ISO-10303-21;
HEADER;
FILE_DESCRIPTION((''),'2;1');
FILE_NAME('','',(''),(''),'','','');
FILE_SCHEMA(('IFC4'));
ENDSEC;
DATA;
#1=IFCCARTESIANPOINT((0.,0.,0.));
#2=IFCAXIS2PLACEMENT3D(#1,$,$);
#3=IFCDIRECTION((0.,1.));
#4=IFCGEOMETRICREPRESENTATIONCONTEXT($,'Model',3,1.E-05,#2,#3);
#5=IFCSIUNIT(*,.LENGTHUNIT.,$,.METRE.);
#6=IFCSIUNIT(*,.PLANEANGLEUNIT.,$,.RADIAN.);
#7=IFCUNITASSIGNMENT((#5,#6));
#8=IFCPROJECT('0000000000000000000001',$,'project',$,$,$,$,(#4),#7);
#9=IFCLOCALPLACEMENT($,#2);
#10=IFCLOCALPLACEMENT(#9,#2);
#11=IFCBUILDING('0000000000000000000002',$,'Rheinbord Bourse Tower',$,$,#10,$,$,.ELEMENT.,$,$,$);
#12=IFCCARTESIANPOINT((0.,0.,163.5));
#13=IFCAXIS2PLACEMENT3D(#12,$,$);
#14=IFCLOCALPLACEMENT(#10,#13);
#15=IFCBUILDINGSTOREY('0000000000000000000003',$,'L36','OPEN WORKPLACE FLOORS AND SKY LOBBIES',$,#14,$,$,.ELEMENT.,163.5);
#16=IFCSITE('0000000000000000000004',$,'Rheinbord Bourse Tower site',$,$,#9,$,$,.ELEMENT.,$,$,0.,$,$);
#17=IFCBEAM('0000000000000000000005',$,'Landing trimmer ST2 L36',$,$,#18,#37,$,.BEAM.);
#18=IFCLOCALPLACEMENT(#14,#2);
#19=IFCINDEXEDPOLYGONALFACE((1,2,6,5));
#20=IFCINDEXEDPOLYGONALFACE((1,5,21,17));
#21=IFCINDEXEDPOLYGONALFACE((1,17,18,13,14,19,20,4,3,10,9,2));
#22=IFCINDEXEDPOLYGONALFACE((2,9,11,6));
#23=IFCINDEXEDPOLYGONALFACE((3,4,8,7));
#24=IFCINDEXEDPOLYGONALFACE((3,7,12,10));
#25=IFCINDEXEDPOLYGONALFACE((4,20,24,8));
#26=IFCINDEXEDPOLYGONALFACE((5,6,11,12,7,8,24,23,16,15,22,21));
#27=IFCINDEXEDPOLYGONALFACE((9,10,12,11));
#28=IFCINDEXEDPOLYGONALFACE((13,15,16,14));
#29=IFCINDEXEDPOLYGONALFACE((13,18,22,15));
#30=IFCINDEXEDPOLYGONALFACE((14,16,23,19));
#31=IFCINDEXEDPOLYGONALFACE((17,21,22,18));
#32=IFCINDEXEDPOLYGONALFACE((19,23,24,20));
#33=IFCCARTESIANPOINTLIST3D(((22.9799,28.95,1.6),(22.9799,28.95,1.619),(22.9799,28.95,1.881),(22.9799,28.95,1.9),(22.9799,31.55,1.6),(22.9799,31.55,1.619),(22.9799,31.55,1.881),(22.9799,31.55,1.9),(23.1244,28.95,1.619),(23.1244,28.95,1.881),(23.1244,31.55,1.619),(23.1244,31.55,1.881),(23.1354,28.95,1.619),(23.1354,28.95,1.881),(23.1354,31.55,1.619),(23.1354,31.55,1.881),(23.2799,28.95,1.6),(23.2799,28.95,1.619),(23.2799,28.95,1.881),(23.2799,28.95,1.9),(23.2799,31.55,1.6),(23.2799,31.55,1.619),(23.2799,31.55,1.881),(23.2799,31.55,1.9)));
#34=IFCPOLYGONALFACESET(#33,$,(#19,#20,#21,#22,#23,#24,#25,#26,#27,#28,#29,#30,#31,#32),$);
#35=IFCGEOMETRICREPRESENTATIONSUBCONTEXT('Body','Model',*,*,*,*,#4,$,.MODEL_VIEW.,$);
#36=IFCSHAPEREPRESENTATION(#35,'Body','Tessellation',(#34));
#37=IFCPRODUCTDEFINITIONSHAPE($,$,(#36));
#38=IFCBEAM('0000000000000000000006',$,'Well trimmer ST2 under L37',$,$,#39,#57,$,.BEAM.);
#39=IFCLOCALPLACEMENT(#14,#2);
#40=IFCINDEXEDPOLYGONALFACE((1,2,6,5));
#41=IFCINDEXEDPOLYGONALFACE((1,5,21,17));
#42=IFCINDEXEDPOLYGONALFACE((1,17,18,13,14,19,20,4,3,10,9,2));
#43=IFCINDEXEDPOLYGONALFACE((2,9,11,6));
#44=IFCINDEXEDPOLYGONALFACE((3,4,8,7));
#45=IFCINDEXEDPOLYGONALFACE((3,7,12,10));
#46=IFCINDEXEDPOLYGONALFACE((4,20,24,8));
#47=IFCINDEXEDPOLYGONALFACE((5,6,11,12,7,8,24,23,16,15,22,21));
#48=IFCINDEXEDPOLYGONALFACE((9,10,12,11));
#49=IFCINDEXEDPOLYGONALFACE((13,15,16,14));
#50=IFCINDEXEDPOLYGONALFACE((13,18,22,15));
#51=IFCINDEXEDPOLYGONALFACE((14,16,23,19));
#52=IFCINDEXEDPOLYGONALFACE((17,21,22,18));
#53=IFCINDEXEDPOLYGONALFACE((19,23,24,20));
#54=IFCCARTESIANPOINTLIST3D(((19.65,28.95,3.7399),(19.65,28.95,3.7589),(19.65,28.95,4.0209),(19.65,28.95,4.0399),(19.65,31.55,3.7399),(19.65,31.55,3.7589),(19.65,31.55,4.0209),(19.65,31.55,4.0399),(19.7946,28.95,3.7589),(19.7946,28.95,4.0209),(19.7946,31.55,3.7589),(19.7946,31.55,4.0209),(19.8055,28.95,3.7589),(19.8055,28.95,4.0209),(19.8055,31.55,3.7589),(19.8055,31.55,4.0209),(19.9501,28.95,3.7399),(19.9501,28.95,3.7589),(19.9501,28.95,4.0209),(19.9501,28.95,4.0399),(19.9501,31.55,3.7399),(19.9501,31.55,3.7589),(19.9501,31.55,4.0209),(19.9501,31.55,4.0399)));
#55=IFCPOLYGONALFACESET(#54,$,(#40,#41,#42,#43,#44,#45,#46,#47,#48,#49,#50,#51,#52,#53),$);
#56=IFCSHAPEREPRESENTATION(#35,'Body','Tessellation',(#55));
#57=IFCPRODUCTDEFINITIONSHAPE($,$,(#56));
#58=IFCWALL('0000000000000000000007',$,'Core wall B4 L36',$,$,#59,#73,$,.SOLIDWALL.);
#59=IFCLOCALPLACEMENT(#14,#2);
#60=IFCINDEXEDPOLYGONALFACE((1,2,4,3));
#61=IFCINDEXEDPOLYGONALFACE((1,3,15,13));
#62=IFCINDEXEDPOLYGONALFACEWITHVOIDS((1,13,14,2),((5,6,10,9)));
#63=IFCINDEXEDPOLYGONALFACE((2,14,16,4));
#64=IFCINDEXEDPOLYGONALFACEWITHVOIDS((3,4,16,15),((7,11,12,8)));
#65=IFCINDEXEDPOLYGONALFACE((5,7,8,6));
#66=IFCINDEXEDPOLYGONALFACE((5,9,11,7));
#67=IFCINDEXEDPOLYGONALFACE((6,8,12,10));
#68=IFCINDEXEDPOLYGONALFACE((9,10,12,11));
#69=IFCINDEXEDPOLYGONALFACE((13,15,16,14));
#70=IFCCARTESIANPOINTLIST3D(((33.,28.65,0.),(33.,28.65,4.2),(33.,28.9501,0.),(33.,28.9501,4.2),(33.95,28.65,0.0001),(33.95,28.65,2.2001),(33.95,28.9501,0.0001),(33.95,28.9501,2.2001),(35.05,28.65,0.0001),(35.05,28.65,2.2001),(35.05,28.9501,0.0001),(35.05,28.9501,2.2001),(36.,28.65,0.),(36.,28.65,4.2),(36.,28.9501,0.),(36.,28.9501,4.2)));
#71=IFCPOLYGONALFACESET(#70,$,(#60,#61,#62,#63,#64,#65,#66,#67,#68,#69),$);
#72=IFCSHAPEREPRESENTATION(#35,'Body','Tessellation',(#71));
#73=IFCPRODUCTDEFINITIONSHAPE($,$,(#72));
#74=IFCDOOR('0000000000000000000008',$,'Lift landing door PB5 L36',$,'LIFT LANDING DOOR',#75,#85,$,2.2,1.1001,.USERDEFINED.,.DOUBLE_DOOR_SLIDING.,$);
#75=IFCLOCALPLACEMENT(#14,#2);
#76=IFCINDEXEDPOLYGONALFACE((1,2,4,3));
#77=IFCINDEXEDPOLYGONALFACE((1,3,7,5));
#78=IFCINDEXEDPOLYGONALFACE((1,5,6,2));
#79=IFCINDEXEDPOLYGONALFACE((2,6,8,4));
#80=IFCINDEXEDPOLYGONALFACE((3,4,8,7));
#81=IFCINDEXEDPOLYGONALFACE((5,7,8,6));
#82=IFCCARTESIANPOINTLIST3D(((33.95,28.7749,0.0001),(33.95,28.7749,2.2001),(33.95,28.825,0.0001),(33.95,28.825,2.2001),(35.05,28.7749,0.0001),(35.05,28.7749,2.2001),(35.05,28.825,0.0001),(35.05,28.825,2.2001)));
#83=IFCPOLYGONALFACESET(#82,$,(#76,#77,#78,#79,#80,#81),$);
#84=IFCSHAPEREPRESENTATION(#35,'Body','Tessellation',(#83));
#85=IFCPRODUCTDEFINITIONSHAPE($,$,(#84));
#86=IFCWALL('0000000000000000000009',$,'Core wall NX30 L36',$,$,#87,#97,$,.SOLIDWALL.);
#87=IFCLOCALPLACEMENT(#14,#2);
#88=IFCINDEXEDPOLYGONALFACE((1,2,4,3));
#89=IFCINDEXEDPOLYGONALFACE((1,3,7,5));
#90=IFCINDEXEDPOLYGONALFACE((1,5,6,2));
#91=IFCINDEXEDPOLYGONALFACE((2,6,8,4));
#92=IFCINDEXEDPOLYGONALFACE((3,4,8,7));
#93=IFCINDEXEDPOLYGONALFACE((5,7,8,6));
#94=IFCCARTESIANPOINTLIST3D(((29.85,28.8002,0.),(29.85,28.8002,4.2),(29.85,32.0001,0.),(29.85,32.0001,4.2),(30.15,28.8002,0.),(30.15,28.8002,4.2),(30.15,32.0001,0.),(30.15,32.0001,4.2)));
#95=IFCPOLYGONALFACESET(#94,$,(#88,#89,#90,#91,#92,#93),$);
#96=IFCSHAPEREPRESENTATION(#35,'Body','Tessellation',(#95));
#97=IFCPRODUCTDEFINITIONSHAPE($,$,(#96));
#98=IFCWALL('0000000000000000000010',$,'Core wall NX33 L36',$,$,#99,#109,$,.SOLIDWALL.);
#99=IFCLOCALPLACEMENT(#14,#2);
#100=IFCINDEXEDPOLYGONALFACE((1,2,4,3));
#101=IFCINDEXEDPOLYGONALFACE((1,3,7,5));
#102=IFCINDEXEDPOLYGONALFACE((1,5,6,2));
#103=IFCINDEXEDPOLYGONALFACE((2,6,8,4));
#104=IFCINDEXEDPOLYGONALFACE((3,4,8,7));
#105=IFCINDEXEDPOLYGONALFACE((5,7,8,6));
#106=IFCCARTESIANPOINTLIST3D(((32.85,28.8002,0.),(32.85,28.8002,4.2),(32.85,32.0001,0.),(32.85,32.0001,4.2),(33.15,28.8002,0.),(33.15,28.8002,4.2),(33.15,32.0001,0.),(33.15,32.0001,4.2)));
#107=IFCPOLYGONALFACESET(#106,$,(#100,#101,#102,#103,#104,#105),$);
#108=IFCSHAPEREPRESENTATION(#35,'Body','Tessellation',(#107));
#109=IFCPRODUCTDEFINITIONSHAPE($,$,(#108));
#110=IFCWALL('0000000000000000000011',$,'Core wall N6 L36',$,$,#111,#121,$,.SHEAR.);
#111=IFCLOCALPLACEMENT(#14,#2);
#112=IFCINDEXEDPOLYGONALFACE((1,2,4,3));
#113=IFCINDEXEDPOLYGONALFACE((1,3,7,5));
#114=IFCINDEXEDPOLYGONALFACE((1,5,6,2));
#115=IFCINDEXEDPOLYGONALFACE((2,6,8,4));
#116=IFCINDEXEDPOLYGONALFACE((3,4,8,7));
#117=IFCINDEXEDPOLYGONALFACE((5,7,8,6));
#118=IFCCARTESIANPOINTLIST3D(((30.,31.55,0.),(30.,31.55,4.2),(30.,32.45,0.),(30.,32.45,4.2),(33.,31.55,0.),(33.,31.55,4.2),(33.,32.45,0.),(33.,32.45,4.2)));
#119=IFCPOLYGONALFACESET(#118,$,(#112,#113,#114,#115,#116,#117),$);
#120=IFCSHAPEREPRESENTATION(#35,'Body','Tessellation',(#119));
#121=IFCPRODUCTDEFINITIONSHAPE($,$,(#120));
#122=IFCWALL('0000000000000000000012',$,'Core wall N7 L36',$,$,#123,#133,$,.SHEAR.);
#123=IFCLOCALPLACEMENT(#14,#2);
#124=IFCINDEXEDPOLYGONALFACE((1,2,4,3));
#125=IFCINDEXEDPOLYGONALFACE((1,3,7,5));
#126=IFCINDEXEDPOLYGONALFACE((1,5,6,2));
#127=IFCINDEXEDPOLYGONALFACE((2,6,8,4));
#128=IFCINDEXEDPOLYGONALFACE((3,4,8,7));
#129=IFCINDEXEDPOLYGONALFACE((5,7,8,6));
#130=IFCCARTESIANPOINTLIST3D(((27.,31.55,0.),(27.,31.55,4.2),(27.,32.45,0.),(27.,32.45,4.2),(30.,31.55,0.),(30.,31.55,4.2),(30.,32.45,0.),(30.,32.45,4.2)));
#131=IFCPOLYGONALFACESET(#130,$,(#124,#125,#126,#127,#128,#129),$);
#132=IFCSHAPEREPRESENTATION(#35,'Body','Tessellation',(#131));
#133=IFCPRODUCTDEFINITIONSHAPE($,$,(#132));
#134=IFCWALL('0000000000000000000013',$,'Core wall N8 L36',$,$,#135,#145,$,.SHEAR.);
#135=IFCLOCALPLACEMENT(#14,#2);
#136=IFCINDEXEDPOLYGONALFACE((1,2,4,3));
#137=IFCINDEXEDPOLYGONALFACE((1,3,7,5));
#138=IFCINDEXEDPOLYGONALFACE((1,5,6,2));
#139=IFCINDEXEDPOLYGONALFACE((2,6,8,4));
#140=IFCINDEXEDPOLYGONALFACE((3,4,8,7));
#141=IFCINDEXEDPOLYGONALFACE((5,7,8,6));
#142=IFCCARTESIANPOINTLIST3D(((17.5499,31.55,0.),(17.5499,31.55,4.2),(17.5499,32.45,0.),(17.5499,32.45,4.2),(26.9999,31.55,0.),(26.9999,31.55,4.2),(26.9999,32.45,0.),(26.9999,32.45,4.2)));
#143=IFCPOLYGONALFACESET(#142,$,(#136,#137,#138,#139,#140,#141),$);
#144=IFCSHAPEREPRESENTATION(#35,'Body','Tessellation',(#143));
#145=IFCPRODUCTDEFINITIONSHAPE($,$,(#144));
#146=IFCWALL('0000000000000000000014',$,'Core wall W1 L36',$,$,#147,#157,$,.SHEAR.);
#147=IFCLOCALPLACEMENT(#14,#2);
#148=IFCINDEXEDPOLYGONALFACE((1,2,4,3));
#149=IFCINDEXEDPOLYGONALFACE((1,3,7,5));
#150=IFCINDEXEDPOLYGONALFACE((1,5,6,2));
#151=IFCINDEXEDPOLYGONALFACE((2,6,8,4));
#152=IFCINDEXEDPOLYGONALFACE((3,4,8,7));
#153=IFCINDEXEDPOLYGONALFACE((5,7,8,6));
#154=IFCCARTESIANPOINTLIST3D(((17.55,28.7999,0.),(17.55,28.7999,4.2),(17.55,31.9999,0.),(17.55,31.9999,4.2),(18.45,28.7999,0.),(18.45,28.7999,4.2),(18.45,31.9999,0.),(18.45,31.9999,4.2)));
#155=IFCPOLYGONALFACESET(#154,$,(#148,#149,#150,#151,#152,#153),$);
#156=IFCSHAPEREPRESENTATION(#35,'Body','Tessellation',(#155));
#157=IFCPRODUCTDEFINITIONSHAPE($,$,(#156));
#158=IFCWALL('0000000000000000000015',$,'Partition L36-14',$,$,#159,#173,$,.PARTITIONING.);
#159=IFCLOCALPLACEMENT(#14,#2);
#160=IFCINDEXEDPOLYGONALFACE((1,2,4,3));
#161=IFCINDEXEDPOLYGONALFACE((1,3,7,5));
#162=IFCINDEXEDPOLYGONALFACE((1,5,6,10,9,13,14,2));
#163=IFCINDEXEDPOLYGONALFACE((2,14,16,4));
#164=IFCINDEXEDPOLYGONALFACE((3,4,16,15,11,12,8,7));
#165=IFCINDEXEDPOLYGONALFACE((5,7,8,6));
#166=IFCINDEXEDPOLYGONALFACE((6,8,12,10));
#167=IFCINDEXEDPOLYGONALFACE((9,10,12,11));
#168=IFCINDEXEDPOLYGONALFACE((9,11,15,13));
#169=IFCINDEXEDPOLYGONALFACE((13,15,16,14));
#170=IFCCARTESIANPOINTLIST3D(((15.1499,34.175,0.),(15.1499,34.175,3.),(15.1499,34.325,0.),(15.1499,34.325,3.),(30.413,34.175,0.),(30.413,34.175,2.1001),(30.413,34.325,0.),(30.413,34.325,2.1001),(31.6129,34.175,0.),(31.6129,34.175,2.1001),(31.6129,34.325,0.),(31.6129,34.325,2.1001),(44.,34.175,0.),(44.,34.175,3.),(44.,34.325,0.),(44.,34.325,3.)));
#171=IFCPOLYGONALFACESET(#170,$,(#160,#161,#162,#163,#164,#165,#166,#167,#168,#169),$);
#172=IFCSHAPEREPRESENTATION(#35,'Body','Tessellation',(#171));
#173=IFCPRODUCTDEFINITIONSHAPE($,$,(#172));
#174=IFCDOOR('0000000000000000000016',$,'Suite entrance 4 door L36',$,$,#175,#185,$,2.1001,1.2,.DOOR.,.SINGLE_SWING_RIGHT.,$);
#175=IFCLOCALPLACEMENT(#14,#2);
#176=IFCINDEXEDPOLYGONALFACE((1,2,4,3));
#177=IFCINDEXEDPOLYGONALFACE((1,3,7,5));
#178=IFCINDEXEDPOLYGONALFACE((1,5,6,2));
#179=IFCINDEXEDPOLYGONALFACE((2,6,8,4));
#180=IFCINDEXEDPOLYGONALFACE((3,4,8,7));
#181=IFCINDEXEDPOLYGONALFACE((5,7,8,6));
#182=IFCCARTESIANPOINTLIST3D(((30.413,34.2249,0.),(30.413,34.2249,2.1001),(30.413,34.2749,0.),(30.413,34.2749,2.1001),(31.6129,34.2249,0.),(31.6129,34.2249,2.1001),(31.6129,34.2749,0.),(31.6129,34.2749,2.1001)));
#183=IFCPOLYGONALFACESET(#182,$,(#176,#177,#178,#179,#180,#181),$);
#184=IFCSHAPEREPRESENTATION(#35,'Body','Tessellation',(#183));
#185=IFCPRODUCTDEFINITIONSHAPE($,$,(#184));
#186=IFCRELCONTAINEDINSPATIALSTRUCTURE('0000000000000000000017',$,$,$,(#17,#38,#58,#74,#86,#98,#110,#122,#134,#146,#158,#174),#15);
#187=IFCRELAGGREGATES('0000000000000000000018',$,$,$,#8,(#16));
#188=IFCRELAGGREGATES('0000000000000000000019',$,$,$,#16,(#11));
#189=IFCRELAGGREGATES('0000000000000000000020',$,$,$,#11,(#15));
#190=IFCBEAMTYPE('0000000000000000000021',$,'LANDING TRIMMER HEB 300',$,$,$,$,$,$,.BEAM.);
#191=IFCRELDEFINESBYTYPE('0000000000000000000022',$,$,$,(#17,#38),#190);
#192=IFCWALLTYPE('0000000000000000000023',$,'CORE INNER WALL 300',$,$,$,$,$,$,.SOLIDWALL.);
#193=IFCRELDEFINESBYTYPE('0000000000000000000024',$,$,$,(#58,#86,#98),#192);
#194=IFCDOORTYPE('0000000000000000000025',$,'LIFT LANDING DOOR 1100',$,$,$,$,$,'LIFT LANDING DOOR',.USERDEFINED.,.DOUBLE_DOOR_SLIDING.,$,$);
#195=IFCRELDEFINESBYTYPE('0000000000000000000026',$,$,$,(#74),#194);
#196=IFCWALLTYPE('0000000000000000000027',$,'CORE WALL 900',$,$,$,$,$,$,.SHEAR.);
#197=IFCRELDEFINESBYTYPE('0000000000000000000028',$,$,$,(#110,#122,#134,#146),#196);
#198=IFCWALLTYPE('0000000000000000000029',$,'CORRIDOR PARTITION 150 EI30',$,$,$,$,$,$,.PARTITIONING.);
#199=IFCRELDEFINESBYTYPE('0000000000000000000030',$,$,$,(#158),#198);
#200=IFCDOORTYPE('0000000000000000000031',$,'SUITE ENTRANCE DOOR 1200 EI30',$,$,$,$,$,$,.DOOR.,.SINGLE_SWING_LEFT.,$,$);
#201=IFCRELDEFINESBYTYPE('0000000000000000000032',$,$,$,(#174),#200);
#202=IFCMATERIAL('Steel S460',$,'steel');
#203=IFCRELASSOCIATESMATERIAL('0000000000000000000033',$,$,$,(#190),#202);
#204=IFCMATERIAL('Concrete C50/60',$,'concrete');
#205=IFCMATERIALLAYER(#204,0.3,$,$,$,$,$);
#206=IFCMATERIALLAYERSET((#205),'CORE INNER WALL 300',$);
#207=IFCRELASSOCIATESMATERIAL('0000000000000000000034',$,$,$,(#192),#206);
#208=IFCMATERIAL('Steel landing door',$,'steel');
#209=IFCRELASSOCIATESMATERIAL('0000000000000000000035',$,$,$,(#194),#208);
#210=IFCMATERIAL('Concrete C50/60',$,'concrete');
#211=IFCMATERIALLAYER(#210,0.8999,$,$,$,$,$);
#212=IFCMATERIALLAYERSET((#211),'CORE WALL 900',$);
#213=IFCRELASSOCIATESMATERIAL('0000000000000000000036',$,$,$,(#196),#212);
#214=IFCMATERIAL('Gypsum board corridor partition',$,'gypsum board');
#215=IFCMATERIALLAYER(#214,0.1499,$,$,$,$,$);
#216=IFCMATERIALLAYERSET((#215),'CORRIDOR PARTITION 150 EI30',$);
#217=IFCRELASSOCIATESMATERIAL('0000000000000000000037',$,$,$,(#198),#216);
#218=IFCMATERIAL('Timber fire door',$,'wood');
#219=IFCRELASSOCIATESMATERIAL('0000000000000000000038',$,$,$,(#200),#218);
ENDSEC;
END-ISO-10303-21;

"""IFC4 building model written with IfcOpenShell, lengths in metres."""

from ifc_helpers import new_model, si_unit, direction, frame, frame_2d, origin, origin_2d, place, context, subcontext, project, spatial, rectangle, i_section, extrude, material, layer, layer_set, material_profile, profile_set, type_object, element, fill, save


model = new_model("IFC4")

# Units and contexts
model_context = context("Model", 3, precision=1e-05, world=origin(), true_north=direction((0.0, 1.0)))
body_context = subcontext(model_context, "Body", "Model", "MODEL_VIEW")
ifc_project = project(units=[si_unit("LENGTHUNIT", "METRE"), si_unit("PLANEANGLEUNIT", "RADIAN")], contexts=[model_context])

# Site, building, storey
site_placement = place(None, origin())
site = spatial("IfcSite", under=ifc_project, at=site_placement, Name="Rheinbord Bourse Tower site", CompositionType="ELEMENT", RefElevation=0.0)
building_placement = place(site_placement, origin())
building = spatial("IfcBuilding", under=site, at=building_placement, Name="Rheinbord Bourse Tower", CompositionType="ELEMENT")
storey_placement = place(building_placement, frame((0.0, 0.0, 163.5)))
storey = spatial("IfcBuildingStorey", under=building, at=storey_placement, Name="L36", Description="OPEN WORKPLACE FLOORS AND SKY LOBBIES", CompositionType="ELEMENT", Elevation=163.5)

# Beams
ifc_material_1 = material(Name="Steel S460", Category="steel")
ifc_material_profile = material_profile(ifc_material_1, i_section(OverallWidth=0.3, OverallDepth=0.3, WebThickness=0.011, FlangeThickness=0.019, at=origin_2d()), Name="HEB 300")
ifc_profile_set = profile_set([ifc_material_profile], Name="Steel S460")
beam_type = type_object("IfcBeamType", Name="LANDING TRIMMER HEB 300", PredefinedType="BEAM", material=ifc_profile_set)
for number, where, z_axis, x_axis, name in (
    (1, (23.1299, 28.95, 1.75), (0.0, 1.0, 0.0), (-1.0, 0.0, 0.0), "Landing trimmer ST2 L36"),
    (2, (19.8, 28.95, 3.8899), (0.0, 1.0, 0.0), (-1.0, 0.0, 0.0), "Well trimmer ST2 under L37"),
):
    element("IfcBeam", number, at=place(storey_placement, frame(where, z_axis=z_axis, x_axis=x_axis)), inside=storey, type_object=beam_type, Name=name, PredefinedType="BEAM", context=body_context, shape_type="SweptSolid", body=[
        extrude(i_section(OverallWidth=0.3, OverallDepth=0.3, WebThickness=0.011, FlangeThickness=0.019, at=origin_2d()), origin(), (0.0, 0.0, 1.0), 2.6001),
    ])

# Wall, opening, door
ifc_material_2 = material(Name="Concrete C50/60", Category="concrete")
ifc_layer_1 = layer(ifc_material_2, 0.3)
ifc_layer_set_1 = layer_set([ifc_layer_1], Name="CORE INNER WALL 300")
wall_type_1 = type_object("IfcWallType", Name="CORE INNER WALL 300", PredefinedType="SOLIDWALL", material=ifc_layer_set_1)
wall_1_placement = place(storey_placement, frame((33.0, 28.8, 0.0), z_axis=(0.0, 0.0, 1.0), x_axis=(1.0, 0.0, 0.0)))
wall_1 = element("IfcWall", 3, at=wall_1_placement, inside=storey, type_object=wall_type_1, Name="Core wall B4 L36", PredefinedType="SOLIDWALL", context=body_context, shape_type="SweptSolid", body=[
    extrude(rectangle(XDim=3.0, YDim=0.3, at=frame_2d((1.5, 0.0))), origin(), (0.0, 0.0, 1.0), 4.2),
])
opening_1_placement = place(wall_1_placement, frame((0.95, 0.0, 0.0)))
opening_1 = element("IfcOpeningElement", 4, at=opening_1_placement, cuts=wall_1, PredefinedType="OPENING", context=body_context, shape_type="SweptSolid", body=[
    extrude(rectangle(XDim=1.1001, YDim=2.2, at=frame_2d((0.55, 1.1001))), frame((0.0, 0.1599, 0.0), z_axis=(0.0, -1.0, 0.0), x_axis=(1.0, 0.0, 0.0)), (0.0, 0.0, 1.0), 0.3201),
])
ifc_material_3 = material(Name="Steel landing door", Category="steel")
door_type_1 = type_object("IfcDoorType", Name="LIFT LANDING DOOR 1100", ElementType="LIFT LANDING DOOR", OperationType="DOUBLE_DOOR_SLIDING", PredefinedType="USERDEFINED", material=ifc_material_3)
door_1_placement = place(opening_1_placement, origin())
door_1 = element("IfcDoor", 5, at=door_1_placement, inside=storey, type_object=door_type_1, Name="Lift landing door PB5 L36", ObjectType="LIFT LANDING DOOR", OperationType="DOUBLE_DOOR_SLIDING", OverallHeight=2.2, OverallWidth=1.1001, PredefinedType="USERDEFINED", context=body_context, shape_type="SweptSolid", body=[
    extrude(rectangle(XDim=1.1001, YDim=2.2, at=frame_2d((0.55, 1.1001))), frame((0.0, 0.0249, 0.0), z_axis=(0.0, -1.0, 0.0), x_axis=(1.0, 0.0, 0.0)), (0.0, 0.0, 1.0), 0.05),
])
fill(opening_1, door_1)

# Walls
for number, where, z_axis, x_axis, name in (
    (6, (30.0, 28.8, 0.0), (0.0, 0.0, 1.0), (0.0, 1.0, 0.0), "Core wall NX30 L36"),
    (7, (33.0, 28.8, 0.0), (0.0, 0.0, 1.0), (0.0, 1.0, 0.0), "Core wall NX33 L36"),
):
    element("IfcWall", number, at=place(storey_placement, frame(where, z_axis=z_axis, x_axis=x_axis)), inside=storey, type_object=wall_type_1, Name=name, PredefinedType="SOLIDWALL", context=body_context, shape_type="SweptSolid", body=[
        extrude(rectangle(XDim=3.2, YDim=0.3, at=frame_2d((1.6001, 0.0))), origin(), (0.0, 0.0, 1.0), 4.2),
    ])
ifc_material_4 = material(Name="Concrete C50/60", Category="concrete")
ifc_layer_2 = layer(ifc_material_4, 0.8999)
ifc_layer_set_2 = layer_set([ifc_layer_2], Name="CORE WALL 900")
wall_type_2 = type_object("IfcWallType", Name="CORE WALL 900", PredefinedType="SHEAR", material=ifc_layer_set_2)
for number, where, z_axis, x_axis, name in (
    (8, (33.0, 32.0, 0.0), (0.0, 0.0, 1.0), (-1.0, 0.0, 0.0), "Core wall N6 L36"),
    (9, (30.0, 32.0, 0.0), (0.0, 0.0, 1.0), (-1.0, 0.0, 0.0), "Core wall N7 L36"),
):
    element("IfcWall", number, at=place(storey_placement, frame(where, z_axis=z_axis, x_axis=x_axis)), inside=storey, type_object=wall_type_2, Name=name, PredefinedType="SHEAR", context=body_context, shape_type="SweptSolid", body=[
        extrude(rectangle(XDim=3.0, YDim=0.8999, at=frame_2d((1.5, 0.0))), origin(), (0.0, 0.0, 1.0), 4.2),
    ])
wall_2_placement = place(storey_placement, frame((27.0, 32.0, 0.0), z_axis=(0.0, 0.0, 1.0), x_axis=(-1.0, 0.0, 0.0)))
element("IfcWall", 10, at=wall_2_placement, inside=storey, type_object=wall_type_2, Name="Core wall N8 L36", PredefinedType="SHEAR", context=body_context, shape_type="SweptSolid", body=[
    extrude(rectangle(XDim=9.45, YDim=0.8999, at=frame_2d((4.7251, 0.0))), origin(), (0.0, 0.0, 1.0), 4.2),
])
wall_3_placement = place(storey_placement, frame((18.0, 32.0, 0.0), z_axis=(0.0, 0.0, 1.0), x_axis=(0.0, -1.0, 0.0)))
element("IfcWall", 11, at=wall_3_placement, inside=storey, type_object=wall_type_2, Name="Core wall W1 L36", PredefinedType="SHEAR", context=body_context, shape_type="SweptSolid", body=[
    extrude(rectangle(XDim=3.2, YDim=0.8999, at=frame_2d((1.6001, 0.0))), origin(), (0.0, 0.0, 1.0), 4.2),
])

# Wall, opening, door
ifc_material_5 = material(Name="Gypsum board corridor partition", Category="gypsum board")
ifc_layer_3 = layer(ifc_material_5, 0.1499)
ifc_layer_set_3 = layer_set([ifc_layer_3], Name="CORRIDOR PARTITION 150 EI30")
wall_type_3 = type_object("IfcWallType", Name="CORRIDOR PARTITION 150 EI30", PredefinedType="PARTITIONING", material=ifc_layer_set_3)
wall_4_placement = place(storey_placement, frame((15.1499, 34.25, 0.0), z_axis=(0.0, 0.0, 1.0), x_axis=(1.0, 0.0, 0.0)))
wall_4 = element("IfcWall", 12, at=wall_4_placement, inside=storey, type_object=wall_type_3, Name="Partition L36-14", PredefinedType="PARTITIONING", context=body_context, shape_type="SweptSolid", body=[
    extrude(rectangle(XDim=28.8501, YDim=0.1499, at=frame_2d((14.425, 0.0))), origin(), (0.0, 0.0, 1.0), 3.0),
])
opening_2_placement = place(wall_4_placement, frame((15.2629, 0.0, 0.0)))
opening_2 = element("IfcOpeningElement", 13, at=opening_2_placement, cuts=wall_4, PredefinedType="OPENING", context=body_context, shape_type="SweptSolid", body=[
    extrude(rectangle(XDim=1.2, YDim=2.1001, at=frame_2d((0.6001, 1.05))), frame((0.0, 0.085, 0.0), z_axis=(0.0, -1.0, 0.0), x_axis=(1.0, 0.0, 0.0)), (0.0, 0.0, 1.0), 0.1699),
])
ifc_material_6 = material(Name="Timber fire door", Category="wood")
door_type_2 = type_object("IfcDoorType", Name="SUITE ENTRANCE DOOR 1200 EI30", OperationType="SINGLE_SWING_LEFT", PredefinedType="DOOR", material=ifc_material_6)
door_2_placement = place(opening_2_placement, origin())
door_2 = element("IfcDoor", 14, at=door_2_placement, inside=storey, type_object=door_type_2, Name="Suite entrance 4 door L36", OperationType="SINGLE_SWING_RIGHT", OverallHeight=2.1001, OverallWidth=1.2, PredefinedType="DOOR", context=body_context, shape_type="SweptSolid", body=[
    extrude(rectangle(XDim=1.2, YDim=2.1001, at=frame_2d((0.6001, 1.05))), frame((0.0, 0.0249, 0.0), z_axis=(0.0, -1.0, 0.0), x_axis=(1.0, 0.0, 0.0)), (0.0, 0.0, 1.0), 0.05),
])
fill(opening_2, door_2)

save(model, "model.ifc")
